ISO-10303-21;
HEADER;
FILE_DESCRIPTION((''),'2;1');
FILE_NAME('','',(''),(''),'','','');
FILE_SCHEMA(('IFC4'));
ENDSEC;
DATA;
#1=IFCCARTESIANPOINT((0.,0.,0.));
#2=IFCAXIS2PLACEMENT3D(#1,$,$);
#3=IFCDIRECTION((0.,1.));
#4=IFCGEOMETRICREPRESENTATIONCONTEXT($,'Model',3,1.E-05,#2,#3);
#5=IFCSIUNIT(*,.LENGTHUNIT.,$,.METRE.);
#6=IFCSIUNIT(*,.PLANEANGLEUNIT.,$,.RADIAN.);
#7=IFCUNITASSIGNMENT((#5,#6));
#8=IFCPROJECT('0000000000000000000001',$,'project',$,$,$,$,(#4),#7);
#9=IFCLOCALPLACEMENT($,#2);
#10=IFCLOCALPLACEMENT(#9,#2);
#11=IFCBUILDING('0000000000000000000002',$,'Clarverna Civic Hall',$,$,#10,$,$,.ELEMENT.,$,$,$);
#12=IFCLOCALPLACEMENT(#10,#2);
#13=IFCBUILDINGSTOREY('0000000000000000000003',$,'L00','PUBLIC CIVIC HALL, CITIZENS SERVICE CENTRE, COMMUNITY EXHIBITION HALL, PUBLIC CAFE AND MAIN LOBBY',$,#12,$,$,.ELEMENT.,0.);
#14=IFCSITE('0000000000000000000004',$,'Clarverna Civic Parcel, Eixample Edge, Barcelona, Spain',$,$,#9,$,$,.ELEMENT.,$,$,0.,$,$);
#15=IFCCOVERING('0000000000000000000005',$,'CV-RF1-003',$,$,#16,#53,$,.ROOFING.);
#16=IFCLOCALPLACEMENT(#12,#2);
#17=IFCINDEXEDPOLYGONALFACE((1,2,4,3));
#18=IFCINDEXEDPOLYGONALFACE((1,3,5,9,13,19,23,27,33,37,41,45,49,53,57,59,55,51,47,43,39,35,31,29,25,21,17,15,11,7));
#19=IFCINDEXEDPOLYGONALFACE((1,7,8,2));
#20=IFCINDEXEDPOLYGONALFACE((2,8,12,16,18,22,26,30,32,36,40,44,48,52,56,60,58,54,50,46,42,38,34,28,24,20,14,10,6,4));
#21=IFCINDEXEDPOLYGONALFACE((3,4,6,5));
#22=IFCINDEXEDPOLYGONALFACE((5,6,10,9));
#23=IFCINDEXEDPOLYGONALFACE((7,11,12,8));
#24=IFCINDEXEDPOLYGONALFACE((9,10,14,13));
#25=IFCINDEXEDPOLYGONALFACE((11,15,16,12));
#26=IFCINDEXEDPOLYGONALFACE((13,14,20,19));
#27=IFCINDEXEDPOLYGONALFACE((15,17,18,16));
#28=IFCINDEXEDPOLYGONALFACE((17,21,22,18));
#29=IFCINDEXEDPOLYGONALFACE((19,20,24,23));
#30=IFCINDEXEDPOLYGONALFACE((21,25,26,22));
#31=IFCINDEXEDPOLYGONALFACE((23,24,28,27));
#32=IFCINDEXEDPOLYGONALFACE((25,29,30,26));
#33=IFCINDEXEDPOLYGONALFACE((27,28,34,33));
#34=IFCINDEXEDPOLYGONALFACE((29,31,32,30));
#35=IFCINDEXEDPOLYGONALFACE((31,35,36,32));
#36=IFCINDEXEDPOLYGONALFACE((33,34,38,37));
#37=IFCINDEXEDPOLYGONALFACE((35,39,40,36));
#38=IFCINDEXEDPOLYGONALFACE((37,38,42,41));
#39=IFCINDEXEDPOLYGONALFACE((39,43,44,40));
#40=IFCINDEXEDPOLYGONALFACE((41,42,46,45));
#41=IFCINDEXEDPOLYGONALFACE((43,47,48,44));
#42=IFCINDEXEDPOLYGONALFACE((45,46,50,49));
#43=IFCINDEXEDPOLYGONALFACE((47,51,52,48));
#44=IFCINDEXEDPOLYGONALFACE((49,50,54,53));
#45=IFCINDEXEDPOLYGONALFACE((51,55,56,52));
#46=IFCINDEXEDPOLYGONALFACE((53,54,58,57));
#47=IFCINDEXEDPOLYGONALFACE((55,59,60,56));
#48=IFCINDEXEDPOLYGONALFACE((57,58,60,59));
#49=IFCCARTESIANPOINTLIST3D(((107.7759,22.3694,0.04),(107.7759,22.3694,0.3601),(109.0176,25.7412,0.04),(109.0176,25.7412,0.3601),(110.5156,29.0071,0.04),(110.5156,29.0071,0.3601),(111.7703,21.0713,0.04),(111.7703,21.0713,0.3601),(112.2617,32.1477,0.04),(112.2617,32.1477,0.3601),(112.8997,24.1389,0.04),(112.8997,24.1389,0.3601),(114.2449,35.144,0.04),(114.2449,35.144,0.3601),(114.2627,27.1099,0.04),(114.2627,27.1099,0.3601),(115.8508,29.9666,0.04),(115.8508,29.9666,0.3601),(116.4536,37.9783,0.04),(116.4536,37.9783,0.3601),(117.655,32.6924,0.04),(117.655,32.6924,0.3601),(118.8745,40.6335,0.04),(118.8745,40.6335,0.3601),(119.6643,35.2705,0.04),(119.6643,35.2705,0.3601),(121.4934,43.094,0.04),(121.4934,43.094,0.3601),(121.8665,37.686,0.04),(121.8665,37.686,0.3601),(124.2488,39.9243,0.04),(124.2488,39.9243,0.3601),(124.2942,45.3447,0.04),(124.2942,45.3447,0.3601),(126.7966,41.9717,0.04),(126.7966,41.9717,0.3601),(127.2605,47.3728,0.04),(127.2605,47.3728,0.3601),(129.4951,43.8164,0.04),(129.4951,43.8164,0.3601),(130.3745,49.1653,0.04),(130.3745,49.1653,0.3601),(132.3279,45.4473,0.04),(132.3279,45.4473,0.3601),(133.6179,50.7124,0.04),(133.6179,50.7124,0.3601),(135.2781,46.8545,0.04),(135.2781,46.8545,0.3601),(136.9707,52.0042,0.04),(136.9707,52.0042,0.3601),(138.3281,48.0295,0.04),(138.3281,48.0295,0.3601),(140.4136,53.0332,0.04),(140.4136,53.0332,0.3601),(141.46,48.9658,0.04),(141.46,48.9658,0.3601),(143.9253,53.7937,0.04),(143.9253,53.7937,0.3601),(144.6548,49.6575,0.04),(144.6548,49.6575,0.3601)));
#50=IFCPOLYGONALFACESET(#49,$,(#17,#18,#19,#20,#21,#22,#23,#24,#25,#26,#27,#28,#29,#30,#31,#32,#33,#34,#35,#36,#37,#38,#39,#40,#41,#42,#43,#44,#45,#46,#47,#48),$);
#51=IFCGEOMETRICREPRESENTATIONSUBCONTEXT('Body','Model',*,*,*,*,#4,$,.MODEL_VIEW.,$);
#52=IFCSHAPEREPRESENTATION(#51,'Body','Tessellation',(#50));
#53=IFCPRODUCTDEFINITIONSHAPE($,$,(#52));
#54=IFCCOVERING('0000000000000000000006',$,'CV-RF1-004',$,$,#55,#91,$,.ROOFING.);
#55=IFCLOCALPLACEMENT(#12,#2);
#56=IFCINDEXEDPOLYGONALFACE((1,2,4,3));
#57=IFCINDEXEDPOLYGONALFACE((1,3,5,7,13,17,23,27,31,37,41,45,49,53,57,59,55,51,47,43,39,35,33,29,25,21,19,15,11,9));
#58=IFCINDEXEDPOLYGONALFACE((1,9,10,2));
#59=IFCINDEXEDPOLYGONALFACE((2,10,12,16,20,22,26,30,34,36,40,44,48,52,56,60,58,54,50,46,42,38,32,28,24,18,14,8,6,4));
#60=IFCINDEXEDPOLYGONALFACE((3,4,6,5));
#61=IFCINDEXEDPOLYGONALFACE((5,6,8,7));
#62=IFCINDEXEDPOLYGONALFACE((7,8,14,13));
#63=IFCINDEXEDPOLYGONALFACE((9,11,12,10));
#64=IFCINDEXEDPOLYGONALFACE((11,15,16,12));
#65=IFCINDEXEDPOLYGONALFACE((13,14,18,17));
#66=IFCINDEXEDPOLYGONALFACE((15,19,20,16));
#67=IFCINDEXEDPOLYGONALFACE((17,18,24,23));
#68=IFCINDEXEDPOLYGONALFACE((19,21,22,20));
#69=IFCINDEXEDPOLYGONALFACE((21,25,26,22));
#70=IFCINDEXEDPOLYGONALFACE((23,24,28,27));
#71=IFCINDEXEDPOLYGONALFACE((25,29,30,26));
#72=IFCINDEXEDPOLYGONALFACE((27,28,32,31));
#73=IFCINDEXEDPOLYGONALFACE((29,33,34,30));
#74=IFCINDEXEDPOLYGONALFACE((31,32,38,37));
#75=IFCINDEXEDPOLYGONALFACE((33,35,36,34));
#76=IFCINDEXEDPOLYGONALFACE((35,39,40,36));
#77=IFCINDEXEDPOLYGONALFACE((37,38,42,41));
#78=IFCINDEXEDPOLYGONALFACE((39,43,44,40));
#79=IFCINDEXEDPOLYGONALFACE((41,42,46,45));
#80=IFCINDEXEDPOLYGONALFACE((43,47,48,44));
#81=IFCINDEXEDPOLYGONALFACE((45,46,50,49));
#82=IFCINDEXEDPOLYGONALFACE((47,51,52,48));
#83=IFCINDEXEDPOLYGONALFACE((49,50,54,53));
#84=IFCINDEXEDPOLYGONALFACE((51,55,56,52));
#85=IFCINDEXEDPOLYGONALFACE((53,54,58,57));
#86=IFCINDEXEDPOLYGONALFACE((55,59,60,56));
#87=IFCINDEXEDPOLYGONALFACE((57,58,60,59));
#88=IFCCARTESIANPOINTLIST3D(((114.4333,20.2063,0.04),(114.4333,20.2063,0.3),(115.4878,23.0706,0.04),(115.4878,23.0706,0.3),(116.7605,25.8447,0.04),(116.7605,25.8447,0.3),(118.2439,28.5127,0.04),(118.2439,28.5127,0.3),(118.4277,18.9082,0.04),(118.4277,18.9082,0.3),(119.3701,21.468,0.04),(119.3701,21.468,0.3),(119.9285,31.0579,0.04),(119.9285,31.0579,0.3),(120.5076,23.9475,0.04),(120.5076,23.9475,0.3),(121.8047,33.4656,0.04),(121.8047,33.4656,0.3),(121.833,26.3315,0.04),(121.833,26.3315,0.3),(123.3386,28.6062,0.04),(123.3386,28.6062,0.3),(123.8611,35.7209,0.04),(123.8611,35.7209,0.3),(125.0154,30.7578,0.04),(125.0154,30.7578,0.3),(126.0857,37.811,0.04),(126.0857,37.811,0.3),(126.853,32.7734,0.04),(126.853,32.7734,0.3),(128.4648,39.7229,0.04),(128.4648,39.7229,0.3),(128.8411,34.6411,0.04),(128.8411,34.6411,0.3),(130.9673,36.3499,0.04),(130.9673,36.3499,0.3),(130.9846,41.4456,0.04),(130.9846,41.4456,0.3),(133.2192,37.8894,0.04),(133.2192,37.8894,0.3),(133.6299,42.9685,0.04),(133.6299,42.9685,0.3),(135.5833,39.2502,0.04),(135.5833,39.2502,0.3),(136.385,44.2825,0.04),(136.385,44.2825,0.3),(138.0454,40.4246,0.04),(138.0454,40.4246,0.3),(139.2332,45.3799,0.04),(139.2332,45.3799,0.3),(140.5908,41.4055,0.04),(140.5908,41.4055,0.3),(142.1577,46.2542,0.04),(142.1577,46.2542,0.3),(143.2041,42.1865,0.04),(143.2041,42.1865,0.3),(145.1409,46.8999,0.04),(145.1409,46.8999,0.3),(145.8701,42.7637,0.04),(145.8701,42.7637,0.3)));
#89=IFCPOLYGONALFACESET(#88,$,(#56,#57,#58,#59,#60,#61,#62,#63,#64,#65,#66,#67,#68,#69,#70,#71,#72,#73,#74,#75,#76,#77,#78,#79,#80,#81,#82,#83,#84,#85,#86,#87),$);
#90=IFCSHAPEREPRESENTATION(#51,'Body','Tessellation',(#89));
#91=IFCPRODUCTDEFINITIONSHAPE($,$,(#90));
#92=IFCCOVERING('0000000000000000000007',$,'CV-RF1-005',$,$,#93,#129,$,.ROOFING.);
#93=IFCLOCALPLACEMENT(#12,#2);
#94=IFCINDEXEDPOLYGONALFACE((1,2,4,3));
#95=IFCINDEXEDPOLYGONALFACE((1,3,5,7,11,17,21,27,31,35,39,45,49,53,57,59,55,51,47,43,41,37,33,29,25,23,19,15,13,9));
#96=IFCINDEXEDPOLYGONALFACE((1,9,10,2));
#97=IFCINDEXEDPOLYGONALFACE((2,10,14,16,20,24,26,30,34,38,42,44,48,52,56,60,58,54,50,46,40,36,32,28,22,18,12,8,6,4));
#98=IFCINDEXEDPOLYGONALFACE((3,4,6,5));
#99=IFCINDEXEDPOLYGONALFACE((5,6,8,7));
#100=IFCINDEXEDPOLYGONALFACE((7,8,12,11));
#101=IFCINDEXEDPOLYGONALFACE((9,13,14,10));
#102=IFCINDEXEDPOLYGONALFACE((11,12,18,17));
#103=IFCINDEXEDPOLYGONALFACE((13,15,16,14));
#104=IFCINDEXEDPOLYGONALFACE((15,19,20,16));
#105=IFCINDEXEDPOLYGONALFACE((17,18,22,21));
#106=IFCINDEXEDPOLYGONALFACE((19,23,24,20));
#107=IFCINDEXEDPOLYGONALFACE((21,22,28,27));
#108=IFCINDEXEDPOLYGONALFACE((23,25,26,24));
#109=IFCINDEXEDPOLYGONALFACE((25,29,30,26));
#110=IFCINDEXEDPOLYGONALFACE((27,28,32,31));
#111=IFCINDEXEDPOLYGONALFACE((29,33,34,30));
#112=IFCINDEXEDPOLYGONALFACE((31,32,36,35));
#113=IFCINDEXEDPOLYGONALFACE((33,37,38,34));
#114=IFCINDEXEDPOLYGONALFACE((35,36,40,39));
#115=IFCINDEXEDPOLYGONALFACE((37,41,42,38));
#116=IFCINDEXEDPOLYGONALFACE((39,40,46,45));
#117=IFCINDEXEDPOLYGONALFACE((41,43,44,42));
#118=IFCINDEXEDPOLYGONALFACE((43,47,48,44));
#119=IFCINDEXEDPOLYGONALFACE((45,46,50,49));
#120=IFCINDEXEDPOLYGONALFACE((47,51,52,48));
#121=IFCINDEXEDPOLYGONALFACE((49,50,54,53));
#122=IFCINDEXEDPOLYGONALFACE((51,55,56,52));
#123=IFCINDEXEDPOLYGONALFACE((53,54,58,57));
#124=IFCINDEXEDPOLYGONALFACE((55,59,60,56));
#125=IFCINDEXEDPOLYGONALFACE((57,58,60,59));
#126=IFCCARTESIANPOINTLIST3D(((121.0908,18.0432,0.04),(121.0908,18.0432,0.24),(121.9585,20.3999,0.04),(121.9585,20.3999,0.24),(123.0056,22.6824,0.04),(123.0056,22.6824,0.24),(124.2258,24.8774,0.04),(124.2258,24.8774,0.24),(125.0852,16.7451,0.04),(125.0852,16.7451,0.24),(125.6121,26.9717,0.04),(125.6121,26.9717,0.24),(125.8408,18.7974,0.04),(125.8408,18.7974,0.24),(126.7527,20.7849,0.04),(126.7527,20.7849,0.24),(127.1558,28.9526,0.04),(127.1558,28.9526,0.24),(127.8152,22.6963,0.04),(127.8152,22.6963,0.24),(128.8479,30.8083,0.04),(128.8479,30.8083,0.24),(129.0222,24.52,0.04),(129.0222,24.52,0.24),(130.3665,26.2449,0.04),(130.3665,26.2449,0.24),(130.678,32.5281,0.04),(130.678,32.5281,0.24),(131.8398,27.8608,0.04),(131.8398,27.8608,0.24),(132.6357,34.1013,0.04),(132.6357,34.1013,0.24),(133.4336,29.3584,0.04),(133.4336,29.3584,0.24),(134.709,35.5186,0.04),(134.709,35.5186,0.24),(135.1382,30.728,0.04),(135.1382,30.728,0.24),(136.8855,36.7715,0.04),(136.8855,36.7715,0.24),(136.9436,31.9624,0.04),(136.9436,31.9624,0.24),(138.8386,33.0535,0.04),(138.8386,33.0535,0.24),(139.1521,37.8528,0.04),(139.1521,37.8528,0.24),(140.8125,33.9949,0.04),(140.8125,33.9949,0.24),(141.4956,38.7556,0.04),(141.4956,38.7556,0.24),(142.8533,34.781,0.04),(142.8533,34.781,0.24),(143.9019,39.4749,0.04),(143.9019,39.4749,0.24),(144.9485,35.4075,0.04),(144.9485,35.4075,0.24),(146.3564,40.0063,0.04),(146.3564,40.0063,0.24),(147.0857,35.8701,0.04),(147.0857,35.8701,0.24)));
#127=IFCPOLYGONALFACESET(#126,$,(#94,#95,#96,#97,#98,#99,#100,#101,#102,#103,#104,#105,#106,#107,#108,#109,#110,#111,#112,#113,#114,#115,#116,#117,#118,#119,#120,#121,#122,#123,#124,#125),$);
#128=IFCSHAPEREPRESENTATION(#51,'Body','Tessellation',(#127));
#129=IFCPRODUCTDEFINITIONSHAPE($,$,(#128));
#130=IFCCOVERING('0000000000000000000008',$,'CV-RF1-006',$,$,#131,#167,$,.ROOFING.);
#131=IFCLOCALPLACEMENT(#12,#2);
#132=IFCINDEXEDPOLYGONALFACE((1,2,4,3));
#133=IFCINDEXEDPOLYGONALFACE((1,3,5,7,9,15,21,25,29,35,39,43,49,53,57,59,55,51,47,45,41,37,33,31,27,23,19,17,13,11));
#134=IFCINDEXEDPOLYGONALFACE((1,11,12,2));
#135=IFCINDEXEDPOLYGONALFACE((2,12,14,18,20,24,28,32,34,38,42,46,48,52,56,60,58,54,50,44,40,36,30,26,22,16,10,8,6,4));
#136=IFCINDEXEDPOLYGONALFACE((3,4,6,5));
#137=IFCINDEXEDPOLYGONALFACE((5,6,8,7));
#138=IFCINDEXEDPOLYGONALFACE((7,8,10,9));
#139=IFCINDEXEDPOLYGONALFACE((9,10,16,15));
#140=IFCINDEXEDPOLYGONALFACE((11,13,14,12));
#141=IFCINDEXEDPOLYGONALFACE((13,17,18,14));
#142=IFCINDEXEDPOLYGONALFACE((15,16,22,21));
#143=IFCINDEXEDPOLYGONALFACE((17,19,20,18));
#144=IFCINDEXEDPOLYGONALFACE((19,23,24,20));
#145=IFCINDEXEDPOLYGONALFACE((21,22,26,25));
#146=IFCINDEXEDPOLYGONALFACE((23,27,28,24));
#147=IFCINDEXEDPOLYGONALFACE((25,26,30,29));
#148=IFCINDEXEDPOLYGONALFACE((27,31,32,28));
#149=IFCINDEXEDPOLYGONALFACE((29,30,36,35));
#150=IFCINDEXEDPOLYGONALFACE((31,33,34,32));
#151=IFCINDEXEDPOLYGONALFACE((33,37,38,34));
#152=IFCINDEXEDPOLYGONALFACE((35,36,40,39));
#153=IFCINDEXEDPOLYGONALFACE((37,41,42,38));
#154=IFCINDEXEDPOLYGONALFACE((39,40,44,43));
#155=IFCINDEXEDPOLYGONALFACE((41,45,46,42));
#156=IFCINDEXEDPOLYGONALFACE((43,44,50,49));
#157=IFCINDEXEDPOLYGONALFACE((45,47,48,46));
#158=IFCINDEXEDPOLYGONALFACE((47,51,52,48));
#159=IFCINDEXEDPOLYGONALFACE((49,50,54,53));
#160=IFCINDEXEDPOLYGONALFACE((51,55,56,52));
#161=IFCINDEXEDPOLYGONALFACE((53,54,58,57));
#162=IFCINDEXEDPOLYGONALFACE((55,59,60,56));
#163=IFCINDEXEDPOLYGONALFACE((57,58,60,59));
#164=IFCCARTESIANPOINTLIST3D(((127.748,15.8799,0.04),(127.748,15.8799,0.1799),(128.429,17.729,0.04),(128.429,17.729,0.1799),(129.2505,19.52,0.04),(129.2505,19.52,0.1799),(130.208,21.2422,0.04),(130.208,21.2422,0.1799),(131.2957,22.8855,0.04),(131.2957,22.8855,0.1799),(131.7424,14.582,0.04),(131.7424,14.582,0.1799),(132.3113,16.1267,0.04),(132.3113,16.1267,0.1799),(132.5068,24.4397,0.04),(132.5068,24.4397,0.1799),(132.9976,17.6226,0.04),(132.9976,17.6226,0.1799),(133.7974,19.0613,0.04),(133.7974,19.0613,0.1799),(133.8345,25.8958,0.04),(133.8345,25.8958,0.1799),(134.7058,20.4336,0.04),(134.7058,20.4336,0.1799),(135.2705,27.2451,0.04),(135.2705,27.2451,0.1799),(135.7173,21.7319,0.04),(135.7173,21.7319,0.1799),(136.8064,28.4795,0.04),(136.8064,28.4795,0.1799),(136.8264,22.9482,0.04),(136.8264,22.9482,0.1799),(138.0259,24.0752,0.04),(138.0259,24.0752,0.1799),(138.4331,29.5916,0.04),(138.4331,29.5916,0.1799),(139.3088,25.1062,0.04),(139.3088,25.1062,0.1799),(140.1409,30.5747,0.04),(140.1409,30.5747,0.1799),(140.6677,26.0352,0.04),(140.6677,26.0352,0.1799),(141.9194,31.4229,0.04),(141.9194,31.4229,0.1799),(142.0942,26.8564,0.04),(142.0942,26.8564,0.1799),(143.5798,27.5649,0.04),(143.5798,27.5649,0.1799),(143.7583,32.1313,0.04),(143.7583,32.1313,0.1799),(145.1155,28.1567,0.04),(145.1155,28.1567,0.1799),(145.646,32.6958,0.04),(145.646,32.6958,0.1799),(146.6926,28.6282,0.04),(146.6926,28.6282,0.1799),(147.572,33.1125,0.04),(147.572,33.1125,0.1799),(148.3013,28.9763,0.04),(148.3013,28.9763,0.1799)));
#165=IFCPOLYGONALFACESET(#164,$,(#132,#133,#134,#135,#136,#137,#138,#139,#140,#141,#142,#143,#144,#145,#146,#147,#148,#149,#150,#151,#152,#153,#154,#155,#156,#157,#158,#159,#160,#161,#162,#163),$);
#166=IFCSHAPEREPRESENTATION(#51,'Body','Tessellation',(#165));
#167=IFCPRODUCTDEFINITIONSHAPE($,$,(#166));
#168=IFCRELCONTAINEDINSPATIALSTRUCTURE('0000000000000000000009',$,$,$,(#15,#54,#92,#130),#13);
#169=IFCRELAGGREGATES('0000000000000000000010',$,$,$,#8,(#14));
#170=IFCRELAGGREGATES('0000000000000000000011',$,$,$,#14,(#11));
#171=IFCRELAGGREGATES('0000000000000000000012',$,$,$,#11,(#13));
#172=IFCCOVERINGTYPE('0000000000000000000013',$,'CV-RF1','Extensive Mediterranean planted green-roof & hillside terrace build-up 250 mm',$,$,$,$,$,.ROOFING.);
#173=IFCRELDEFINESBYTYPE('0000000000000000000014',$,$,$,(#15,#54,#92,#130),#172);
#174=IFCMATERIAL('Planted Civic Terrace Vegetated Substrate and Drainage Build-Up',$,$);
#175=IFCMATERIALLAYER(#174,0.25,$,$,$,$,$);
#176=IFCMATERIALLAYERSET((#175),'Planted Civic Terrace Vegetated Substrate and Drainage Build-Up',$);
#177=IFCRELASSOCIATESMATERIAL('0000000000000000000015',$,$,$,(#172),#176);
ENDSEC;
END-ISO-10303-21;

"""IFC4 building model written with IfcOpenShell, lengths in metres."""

from ifc_helpers import new_model, si_unit, direction, frame, origin, place, context, subcontext, project, spatial, polyline, outline, extrude, material, layer, layer_set, type_object, element, save


model = new_model("IFC4")

# Units and contexts
model_context = context("Model", 3, precision=1e-05, world=origin(), true_north=direction((0.0, 1.0)))
body_context = subcontext(model_context, "Body", "Model", "MODEL_VIEW")
ifc_project = project(units=[si_unit("LENGTHUNIT", "METRE"), si_unit("PLANEANGLEUNIT", "RADIAN")], contexts=[model_context])

# Site, building, storey
site_placement = place(None, origin())
site = spatial("IfcSite", under=ifc_project, at=site_placement, Name="Clarverna Civic Parcel, Eixample Edge, Barcelona, Spain", CompositionType="ELEMENT", RefElevation=0.0)
building_placement = place(site_placement, origin())
building = spatial("IfcBuilding", under=site, at=building_placement, Name="Clarverna Civic Hall", CompositionType="ELEMENT")
storey_placement = place(building_placement, origin())
storey = spatial("IfcBuildingStorey", under=building, at=storey_placement, Name="L00", Description="PUBLIC CIVIC HALL, CITIZENS SERVICE CENTRE, COMMUNITY EXHIBITION HALL, PUBLIC CAFE AND MAIN LOBBY", CompositionType="ELEMENT", Elevation=0.0)

# Coverings
ifc_material_1 = material(Name="Planted Civic Terrace Vegetated Substrate and Drainage Build-Up")
ifc_layer_1 = layer(ifc_material_1, 0.25)
ifc_layer_set_1 = layer_set([ifc_layer_1], Name="Planted Civic Terrace Vegetated Substrate and Drainage Build-Up")
covering_type = type_object("IfcCoveringType", Name="CV-RF1", Description="Extensive Mediterranean planted green-roof & hillside terrace build-up 250 mm", PredefinedType="ROOFING", material=ifc_layer_set_1)
covering_1_placement = place(storey_placement, frame((0.0, 0.0, 0.04)))
element("IfcCovering", 1, at=covering_1_placement, inside=storey, type_object=covering_type, Name="CV-RF1-003", PredefinedType="ROOFING", context=body_context, shape_type="SweptSolid", body=[
    extrude(outline(polyline([(144.6548, 49.6575), (141.46, 48.9658), (138.3281, 48.0295), (135.2781, 46.8545), (132.3279, 45.4473), (129.4951, 43.8164), (126.7966, 41.9717), (124.2488, 39.9243), (121.8665, 37.686), (119.6643, 35.2705), (117.655, 32.6924), (115.8508, 29.9666), (114.2627, 27.1099), (112.8997, 24.1389), (111.7703, 21.0713), (107.7759, 22.3694), (109.0176, 25.7412), (110.5156, 29.0071), (112.2617, 32.1477), (114.2449, 35.144), (116.4536, 37.9783), (118.8745, 40.6335), (121.4934, 43.094), (124.2942, 45.3447), (127.2605, 47.3728), (130.3745, 49.1653), (133.6179, 50.7124), (136.9707, 52.0042), (140.4136, 53.0332), (143.9253, 53.7937), (144.6548, 49.6575)])), origin(), (0.0, 0.0, 1.0), 0.3201),
])
covering_2_placement = place(storey_placement, frame((0.0, 0.0, 0.04)))
element("IfcCovering", 2, at=covering_2_placement, inside=storey, type_object=covering_type, Name="CV-RF1-004", PredefinedType="ROOFING", context=body_context, shape_type="SweptSolid", body=[
    extrude(outline(polyline([(145.8701, 42.7637), (143.2041, 42.1865), (140.5908, 41.4055), (138.0454, 40.4246), (135.5833, 39.2502), (133.2192, 37.8894), (130.9673, 36.3499), (128.8411, 34.6411), (126.853, 32.7734), (125.0154, 30.7578), (123.3386, 28.6062), (121.833, 26.3315), (120.5076, 23.9475), (119.3701, 21.468), (118.4277, 18.9082), (114.4333, 20.2063), (115.4878, 23.0706), (116.7605, 25.8447), (118.2439, 28.5127), (119.9285, 31.0579), (121.8047, 33.4656), (123.8611, 35.7209), (126.0857, 37.811), (128.4648, 39.7229), (130.9846, 41.4456), (133.6299, 42.9685), (136.385, 44.2825), (139.2332, 45.3799), (142.1577, 46.2542), (145.1409, 46.8999), (145.8701, 42.7637)])), origin(), (0.0, 0.0, 1.0), 0.26),
])
covering_3_placement = place(storey_placement, frame((0.0, 0.0, 0.04)))
element("IfcCovering", 3, at=covering_3_placement, inside=storey, type_object=covering_type, Name="CV-RF1-005", PredefinedType="ROOFING", context=body_context, shape_type="SweptSolid", body=[
    extrude(outline(polyline([(147.0857, 35.8701), (144.9485, 35.4075), (142.8533, 34.781), (140.8125, 33.9949), (138.8386, 33.0535), (136.9436, 31.9624), (135.1382, 30.728), (133.4336, 29.3584), (131.8398, 27.8608), (130.3665, 26.2449), (129.0222, 24.52), (127.8152, 22.6963), (126.7527, 20.7849), (125.8408, 18.7974), (125.0852, 16.7451), (121.0908, 18.0432), (121.9585, 20.3999), (123.0056, 22.6824), (124.2258, 24.8774), (125.6121, 26.9717), (127.1558, 28.9526), (128.8479, 30.8083), (130.678, 32.5281), (132.6357, 34.1013), (134.709, 35.5186), (136.8855, 36.7715), (139.1521, 37.8528), (141.4956, 38.7556), (143.9019, 39.4749), (146.3564, 40.0063), (147.0857, 35.8701)])), origin(), (0.0, 0.0, 1.0), 0.2),
])
covering_4_placement = place(storey_placement, frame((0.0, 0.0, 0.04)))
element("IfcCovering", 4, at=covering_4_placement, inside=storey, type_object=covering_type, Name="CV-RF1-006", PredefinedType="ROOFING", context=body_context, shape_type="SweptSolid", body=[
    extrude(outline(polyline([(148.3013, 28.9763), (146.6926, 28.6282), (145.1155, 28.1567), (143.5798, 27.5649), (142.0942, 26.8564), (140.6677, 26.0352), (139.3088, 25.1062), (138.0259, 24.0752), (136.8264, 22.9482), (135.7173, 21.7319), (134.7058, 20.4336), (133.7974, 19.0613), (132.9976, 17.6226), (132.3113, 16.1267), (131.7424, 14.582), (127.748, 15.8799), (128.429, 17.729), (129.2505, 19.52), (130.208, 21.2422), (131.2957, 22.8855), (132.5068, 24.4397), (133.8345, 25.8958), (135.2705, 27.2451), (136.8064, 28.4795), (138.4331, 29.5916), (140.1409, 30.5747), (141.9194, 31.4229), (143.7583, 32.1313), (145.646, 32.6958), (147.572, 33.1125), (148.3013, 28.9763)])), origin(), (0.0, 0.0, 1.0), 0.1399),
])

save(model, "model.ifc")
